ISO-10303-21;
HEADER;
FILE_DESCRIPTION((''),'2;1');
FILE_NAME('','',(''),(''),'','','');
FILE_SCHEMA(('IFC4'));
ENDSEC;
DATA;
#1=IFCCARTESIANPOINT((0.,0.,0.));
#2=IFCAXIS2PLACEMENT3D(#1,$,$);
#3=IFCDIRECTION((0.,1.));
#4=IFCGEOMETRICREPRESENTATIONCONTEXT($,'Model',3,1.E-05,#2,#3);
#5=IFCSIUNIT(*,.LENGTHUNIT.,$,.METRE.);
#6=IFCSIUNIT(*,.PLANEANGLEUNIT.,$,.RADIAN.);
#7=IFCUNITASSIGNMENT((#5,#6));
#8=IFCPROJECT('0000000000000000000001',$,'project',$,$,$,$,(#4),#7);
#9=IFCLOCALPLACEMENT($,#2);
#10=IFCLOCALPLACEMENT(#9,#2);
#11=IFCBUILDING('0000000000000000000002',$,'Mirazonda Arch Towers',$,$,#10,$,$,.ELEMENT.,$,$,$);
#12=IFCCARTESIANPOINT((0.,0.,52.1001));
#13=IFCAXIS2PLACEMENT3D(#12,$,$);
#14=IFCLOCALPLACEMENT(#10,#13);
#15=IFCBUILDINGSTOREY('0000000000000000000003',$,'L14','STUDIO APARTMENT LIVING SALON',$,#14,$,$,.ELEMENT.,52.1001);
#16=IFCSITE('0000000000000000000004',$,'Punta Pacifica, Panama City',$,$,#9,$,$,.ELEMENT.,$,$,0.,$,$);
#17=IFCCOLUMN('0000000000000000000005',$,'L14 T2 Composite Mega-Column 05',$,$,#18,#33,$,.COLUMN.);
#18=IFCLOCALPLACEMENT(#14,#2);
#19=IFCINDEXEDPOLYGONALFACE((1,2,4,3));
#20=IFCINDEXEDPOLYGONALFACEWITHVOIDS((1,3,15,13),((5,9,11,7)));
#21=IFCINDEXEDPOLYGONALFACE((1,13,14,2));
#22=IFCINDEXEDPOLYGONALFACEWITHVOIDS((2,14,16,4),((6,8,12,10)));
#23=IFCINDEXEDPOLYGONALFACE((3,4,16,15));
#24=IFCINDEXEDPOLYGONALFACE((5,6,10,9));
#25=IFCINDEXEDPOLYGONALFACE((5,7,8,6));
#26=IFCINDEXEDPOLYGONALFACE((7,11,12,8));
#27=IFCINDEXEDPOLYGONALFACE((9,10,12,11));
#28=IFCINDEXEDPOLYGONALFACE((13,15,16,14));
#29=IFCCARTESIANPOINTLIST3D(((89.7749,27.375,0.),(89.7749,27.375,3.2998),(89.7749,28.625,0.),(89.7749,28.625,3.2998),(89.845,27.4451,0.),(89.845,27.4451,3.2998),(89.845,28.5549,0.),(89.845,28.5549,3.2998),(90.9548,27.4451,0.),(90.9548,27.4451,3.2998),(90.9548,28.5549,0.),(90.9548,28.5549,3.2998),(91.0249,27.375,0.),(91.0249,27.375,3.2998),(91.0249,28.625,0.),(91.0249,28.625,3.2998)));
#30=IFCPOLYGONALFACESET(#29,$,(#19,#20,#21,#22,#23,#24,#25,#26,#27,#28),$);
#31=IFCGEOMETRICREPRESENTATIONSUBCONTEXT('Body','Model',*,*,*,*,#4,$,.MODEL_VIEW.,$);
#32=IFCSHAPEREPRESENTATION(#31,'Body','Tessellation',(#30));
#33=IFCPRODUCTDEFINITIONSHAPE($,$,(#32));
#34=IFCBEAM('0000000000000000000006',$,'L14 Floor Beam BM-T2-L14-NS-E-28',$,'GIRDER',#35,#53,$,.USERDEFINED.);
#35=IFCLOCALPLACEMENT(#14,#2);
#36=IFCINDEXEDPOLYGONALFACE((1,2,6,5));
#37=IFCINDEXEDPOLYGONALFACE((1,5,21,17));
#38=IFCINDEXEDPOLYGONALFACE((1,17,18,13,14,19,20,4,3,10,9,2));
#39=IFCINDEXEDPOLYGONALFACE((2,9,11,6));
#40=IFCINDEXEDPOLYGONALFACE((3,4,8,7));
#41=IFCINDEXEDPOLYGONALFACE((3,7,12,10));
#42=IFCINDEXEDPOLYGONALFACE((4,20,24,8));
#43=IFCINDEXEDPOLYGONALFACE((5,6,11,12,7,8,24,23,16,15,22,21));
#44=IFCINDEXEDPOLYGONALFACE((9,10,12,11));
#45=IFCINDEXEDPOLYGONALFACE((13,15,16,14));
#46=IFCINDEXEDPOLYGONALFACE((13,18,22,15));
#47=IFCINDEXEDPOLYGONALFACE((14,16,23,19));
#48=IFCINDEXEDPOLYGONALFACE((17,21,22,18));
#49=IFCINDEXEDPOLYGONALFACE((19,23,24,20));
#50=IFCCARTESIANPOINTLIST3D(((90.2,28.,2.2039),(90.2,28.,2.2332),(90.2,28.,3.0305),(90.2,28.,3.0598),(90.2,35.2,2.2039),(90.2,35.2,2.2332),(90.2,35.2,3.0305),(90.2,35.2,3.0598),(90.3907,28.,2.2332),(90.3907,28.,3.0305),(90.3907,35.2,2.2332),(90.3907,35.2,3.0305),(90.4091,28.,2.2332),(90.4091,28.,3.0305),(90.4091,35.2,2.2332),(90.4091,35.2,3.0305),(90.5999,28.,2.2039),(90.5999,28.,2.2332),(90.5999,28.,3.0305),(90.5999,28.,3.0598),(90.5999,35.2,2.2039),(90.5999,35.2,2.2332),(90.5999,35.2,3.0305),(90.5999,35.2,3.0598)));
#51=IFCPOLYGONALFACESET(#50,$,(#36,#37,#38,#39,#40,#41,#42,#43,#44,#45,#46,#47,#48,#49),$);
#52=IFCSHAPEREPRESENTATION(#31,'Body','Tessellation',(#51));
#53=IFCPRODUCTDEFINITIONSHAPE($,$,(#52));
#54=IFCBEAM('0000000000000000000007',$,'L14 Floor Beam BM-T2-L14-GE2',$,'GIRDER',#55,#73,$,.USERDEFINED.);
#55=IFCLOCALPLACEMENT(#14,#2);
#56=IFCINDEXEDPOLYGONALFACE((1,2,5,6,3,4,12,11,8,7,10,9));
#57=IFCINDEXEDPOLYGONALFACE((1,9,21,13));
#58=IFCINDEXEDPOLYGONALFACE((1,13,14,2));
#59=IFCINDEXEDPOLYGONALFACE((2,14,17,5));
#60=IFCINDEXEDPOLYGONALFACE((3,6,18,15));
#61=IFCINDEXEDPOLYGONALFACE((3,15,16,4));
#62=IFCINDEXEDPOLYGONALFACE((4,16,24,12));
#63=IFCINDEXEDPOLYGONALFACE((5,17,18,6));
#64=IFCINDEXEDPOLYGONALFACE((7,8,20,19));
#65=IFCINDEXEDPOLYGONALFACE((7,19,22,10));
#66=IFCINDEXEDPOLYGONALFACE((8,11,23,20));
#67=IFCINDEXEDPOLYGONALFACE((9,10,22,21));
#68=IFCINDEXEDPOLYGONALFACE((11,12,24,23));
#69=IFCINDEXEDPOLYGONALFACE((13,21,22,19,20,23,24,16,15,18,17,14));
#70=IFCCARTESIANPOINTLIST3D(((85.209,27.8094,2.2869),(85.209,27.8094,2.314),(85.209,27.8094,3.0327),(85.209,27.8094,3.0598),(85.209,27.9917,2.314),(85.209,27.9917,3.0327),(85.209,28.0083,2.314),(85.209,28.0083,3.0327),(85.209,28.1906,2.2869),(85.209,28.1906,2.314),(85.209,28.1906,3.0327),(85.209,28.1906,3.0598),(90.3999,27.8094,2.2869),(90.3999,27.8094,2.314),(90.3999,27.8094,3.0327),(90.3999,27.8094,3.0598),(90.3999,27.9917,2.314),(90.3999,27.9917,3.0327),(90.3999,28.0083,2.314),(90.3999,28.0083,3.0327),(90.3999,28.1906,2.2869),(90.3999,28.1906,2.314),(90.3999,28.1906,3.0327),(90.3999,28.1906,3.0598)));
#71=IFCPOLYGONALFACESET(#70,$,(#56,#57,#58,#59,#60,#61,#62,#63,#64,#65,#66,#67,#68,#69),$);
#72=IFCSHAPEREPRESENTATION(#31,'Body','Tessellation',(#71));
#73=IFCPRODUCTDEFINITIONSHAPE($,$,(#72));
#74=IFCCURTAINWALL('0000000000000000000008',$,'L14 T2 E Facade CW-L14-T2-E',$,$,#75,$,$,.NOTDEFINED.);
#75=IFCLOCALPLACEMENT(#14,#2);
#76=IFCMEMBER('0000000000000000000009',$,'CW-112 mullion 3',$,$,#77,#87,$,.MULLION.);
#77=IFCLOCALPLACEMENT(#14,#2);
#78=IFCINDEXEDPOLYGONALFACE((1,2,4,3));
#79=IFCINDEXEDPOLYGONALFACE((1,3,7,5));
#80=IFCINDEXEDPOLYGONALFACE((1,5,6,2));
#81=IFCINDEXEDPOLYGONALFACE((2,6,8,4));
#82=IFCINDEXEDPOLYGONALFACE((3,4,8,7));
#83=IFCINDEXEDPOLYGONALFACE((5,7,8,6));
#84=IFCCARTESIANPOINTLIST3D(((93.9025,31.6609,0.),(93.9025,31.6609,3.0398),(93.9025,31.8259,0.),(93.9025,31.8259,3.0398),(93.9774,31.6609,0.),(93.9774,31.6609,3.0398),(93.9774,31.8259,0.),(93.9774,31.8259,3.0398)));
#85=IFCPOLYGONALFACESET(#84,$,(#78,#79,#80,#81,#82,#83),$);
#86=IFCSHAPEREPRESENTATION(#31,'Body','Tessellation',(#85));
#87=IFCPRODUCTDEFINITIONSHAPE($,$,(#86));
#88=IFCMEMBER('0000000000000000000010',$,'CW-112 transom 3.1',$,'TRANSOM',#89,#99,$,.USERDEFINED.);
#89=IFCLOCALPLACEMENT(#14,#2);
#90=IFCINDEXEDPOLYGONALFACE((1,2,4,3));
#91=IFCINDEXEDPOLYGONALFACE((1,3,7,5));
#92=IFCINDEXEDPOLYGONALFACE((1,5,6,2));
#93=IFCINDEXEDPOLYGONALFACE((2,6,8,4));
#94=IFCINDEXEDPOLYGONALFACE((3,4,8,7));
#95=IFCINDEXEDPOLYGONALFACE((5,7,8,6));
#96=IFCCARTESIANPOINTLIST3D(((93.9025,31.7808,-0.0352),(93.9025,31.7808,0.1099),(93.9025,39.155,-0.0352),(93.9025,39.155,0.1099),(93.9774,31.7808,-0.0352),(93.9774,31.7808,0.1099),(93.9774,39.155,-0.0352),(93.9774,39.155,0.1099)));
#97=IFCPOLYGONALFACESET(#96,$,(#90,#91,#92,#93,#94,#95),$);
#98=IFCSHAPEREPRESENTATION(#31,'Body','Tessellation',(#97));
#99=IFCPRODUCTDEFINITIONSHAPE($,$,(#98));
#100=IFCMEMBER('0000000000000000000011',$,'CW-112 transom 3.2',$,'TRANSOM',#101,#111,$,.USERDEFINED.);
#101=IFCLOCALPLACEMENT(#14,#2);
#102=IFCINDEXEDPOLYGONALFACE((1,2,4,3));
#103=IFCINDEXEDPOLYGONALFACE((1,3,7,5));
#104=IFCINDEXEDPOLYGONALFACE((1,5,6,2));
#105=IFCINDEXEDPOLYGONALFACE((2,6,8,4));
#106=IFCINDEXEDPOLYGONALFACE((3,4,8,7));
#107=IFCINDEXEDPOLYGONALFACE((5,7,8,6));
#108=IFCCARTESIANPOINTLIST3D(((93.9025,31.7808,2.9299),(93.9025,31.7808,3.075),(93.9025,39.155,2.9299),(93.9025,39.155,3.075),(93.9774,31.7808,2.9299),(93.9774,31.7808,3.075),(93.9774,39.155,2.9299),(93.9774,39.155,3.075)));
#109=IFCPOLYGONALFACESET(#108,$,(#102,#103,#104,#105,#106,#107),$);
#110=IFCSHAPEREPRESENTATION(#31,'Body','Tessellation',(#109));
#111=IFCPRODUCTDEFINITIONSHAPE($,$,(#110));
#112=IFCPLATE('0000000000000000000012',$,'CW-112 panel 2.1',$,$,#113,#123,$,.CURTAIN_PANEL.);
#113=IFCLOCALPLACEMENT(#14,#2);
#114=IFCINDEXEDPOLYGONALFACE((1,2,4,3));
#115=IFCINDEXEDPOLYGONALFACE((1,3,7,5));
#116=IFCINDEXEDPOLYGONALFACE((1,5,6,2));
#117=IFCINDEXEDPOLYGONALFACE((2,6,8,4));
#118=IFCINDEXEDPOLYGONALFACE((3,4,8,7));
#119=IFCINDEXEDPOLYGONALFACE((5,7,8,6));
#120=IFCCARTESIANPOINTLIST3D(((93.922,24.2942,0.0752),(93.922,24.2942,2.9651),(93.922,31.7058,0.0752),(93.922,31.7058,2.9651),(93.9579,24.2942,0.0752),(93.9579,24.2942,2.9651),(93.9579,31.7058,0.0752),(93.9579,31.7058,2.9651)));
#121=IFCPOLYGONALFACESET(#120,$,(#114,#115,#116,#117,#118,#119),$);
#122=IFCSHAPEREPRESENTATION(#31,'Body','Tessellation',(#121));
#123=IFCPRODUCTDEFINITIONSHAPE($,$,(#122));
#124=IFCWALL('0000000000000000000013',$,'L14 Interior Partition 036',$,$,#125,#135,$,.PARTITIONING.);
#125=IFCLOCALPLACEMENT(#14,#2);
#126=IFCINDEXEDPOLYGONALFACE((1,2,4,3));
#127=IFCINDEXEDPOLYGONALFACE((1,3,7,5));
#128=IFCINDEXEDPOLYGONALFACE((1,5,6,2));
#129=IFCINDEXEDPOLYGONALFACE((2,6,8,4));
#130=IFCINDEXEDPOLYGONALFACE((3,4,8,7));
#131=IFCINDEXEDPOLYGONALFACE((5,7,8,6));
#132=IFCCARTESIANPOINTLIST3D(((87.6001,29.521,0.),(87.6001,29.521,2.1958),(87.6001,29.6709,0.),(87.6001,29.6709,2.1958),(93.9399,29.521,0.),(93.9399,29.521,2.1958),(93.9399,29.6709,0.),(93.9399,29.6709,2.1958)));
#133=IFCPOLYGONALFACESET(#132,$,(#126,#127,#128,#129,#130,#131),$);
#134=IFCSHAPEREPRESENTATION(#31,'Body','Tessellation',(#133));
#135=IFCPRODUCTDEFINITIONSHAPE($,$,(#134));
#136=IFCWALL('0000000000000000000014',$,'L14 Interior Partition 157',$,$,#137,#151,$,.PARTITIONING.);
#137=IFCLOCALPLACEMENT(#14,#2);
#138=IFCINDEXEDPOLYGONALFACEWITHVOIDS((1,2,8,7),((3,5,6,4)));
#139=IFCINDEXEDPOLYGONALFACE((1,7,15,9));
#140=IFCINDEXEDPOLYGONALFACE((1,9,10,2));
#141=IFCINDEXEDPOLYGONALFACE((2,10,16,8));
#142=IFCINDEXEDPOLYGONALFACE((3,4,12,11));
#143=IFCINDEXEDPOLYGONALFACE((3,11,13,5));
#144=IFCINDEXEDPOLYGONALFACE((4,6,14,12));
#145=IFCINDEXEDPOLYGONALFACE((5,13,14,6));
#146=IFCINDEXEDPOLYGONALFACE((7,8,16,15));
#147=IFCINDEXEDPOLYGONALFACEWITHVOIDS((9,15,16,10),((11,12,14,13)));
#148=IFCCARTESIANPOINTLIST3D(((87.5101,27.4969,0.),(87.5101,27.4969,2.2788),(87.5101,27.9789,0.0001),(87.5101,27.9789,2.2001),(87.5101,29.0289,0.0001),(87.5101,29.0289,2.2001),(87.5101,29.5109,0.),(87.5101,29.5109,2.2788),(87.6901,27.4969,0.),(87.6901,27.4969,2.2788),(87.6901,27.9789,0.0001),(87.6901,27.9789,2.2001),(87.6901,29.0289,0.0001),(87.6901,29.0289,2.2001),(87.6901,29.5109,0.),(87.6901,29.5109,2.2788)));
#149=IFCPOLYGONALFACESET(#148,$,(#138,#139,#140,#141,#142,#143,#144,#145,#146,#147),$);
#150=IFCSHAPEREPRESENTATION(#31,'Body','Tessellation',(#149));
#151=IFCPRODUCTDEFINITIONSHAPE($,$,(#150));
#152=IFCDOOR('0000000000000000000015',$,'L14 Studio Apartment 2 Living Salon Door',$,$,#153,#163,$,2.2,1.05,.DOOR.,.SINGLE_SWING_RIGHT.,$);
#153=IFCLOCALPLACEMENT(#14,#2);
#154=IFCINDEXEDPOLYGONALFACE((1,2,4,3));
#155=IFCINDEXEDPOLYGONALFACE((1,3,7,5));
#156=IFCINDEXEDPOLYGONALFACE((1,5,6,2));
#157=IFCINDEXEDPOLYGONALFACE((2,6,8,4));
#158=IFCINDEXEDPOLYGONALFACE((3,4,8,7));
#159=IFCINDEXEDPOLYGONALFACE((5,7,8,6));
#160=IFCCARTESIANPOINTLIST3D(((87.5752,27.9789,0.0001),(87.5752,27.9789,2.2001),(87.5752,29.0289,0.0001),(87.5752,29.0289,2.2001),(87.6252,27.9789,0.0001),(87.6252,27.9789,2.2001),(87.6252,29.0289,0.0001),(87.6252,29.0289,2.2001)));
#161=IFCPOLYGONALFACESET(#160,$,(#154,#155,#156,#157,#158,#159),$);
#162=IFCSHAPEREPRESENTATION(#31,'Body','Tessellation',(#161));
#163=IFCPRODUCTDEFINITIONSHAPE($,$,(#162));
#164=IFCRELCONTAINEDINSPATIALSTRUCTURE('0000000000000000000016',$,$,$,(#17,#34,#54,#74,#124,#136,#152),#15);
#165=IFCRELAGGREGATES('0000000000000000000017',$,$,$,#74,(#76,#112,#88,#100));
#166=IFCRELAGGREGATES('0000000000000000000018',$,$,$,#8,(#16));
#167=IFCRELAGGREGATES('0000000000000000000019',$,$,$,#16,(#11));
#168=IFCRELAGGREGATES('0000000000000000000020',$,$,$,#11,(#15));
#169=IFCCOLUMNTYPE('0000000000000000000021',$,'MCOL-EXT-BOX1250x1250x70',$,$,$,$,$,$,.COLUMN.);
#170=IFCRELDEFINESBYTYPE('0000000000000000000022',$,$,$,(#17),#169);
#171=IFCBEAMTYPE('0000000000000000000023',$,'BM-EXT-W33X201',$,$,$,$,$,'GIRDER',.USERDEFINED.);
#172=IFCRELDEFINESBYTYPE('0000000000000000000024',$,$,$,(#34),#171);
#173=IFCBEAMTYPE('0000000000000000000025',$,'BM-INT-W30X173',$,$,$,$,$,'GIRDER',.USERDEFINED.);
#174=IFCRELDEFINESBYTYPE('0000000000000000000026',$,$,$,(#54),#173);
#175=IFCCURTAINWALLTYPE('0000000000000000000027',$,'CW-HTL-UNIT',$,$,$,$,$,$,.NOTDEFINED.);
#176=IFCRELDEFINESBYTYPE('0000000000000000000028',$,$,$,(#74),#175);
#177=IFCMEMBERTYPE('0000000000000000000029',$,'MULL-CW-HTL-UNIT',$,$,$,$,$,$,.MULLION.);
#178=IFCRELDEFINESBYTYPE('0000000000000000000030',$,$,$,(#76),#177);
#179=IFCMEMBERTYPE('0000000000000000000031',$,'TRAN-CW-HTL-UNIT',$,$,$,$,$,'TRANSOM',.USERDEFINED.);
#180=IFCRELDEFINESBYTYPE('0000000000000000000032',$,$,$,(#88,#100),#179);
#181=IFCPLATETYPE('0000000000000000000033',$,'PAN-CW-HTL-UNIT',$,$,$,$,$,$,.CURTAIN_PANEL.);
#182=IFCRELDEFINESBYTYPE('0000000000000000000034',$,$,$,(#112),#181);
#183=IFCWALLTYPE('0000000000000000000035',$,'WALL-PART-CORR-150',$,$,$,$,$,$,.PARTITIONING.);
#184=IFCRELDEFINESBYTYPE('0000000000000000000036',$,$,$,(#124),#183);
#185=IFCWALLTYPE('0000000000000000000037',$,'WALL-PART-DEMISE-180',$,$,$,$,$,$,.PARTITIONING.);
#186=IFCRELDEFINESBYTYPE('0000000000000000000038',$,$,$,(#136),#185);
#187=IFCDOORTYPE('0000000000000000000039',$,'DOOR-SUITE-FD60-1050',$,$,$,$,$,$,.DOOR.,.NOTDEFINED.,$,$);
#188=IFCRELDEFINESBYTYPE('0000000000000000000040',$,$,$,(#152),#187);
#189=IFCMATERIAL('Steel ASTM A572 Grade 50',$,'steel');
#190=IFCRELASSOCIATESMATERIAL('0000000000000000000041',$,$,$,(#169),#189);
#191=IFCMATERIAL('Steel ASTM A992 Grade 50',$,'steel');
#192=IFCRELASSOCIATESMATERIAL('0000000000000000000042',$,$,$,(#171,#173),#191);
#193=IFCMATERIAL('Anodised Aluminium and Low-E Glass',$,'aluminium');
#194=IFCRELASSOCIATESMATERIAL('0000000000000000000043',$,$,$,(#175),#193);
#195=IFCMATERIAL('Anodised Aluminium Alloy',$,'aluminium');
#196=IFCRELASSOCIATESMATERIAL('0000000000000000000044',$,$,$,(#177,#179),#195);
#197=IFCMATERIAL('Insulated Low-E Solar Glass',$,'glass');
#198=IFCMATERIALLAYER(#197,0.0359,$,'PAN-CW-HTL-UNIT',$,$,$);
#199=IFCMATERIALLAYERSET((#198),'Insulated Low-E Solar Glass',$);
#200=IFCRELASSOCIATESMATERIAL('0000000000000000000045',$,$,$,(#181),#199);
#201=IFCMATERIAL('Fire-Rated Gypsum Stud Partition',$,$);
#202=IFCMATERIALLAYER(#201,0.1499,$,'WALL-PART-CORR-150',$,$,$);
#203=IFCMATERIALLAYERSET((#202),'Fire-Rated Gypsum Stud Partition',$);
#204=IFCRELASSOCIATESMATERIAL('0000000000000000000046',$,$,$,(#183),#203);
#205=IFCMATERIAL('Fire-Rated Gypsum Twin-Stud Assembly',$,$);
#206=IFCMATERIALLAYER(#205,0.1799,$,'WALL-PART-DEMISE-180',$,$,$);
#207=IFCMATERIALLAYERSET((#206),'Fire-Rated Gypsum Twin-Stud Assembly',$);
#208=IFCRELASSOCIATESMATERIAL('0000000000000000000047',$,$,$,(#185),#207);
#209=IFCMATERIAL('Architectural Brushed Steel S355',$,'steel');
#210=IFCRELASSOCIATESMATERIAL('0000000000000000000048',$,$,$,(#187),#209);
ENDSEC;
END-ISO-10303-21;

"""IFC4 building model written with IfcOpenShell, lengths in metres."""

from ifc_helpers import new_model, si_unit, direction, frame, frame_2d, origin, origin_2d, place, context, subcontext, project, spatial, rectangle, hollow_rectangle, i_section, extrude, material, layer, layer_set, material_profile, profile_set, type_object, element, fill, aggregate, save


model = new_model("IFC4")

# Units and contexts
model_context = context("Model", 3, precision=1e-05, world=origin(), true_north=direction((0.0, 1.0)))
body_context = subcontext(model_context, "Body", "Model", "MODEL_VIEW")
ifc_project = project(units=[si_unit("LENGTHUNIT", "METRE"), si_unit("PLANEANGLEUNIT", "RADIAN")], contexts=[model_context])

# Site, building, storey
site_placement = place(None, origin())
site = spatial("IfcSite", under=ifc_project, at=site_placement, Name="Punta Pacifica, Panama City", CompositionType="ELEMENT", RefElevation=0.0)
building_placement = place(site_placement, origin())
building = spatial("IfcBuilding", under=site, at=building_placement, Name="Mirazonda Arch Towers", CompositionType="ELEMENT")
storey_placement = place(building_placement, frame((0.0, 0.0, 52.1001)))
storey = spatial("IfcBuildingStorey", under=building, at=storey_placement, Name="L14", Description="STUDIO APARTMENT LIVING SALON", CompositionType="ELEMENT", Elevation=52.1001)

# Column
ifc_material_1 = material(Name="Steel ASTM A572 Grade 50", Category="steel")
ifc_material_profile_1 = material_profile(ifc_material_1, hollow_rectangle(XDim=1.25, YDim=1.25, WallThickness=0.0701, at=origin_2d()), Name="BOX1250x1250x70")
ifc_profile_set_1 = profile_set([ifc_material_profile_1], Name="Steel ASTM A572 Grade 50")
column_type = type_object("IfcColumnType", Name="MCOL-EXT-BOX1250x1250x70", PredefinedType="COLUMN", material=ifc_profile_set_1)
column_placement = place(storey_placement, frame((90.3999, 28.0, 0.0), z_axis=(0.0, 0.0, 1.0), x_axis=(1.0, 0.0, 0.0)))
element("IfcColumn", 1, at=column_placement, inside=storey, type_object=column_type, Name="L14 T2 Composite Mega-Column 05", PredefinedType="COLUMN", context=body_context, shape_type="SweptSolid", body=[
    extrude(hollow_rectangle(XDim=1.25, YDim=1.25, WallThickness=0.0701, at=origin_2d()), origin(), (0.0, 0.0, 1.0), 3.2998),
])

# Beams
ifc_material_2 = material(Name="Steel ASTM A992 Grade 50", Category="steel")
ifc_material_profile_2 = material_profile(ifc_material_2, i_section(OverallWidth=0.3999, OverallDepth=0.856, WebThickness=0.0183, FlangeThickness=0.0293, at=origin_2d()), Name="W33X201")
ifc_profile_set_2 = profile_set([ifc_material_profile_2], Name="Steel ASTM A992 Grade 50")
beam_type_1 = type_object("IfcBeamType", Name="BM-EXT-W33X201", ElementType="GIRDER", PredefinedType="USERDEFINED", material=ifc_profile_set_2)
beam_1_placement = place(storey_placement, frame((90.3999, 28.0, 2.6318), z_axis=(0.0, 1.0, 0.0), x_axis=(-1.0, 0.0, 0.0)))
element("IfcBeam", 2, at=beam_1_placement, inside=storey, type_object=beam_type_1, Name="L14 Floor Beam BM-T2-L14-NS-E-28", ObjectType="GIRDER", PredefinedType="USERDEFINED", context=body_context, shape_type="SweptSolid", body=[
    extrude(i_section(OverallWidth=0.3999, OverallDepth=0.856, WebThickness=0.0183, FlangeThickness=0.0293, at=origin_2d()), origin(), (0.0, 0.0, 1.0), 7.2),
])
ifc_material_profile_3 = material_profile(ifc_material_2, i_section(OverallWidth=0.3811, OverallDepth=0.7729, WebThickness=0.0166, FlangeThickness=0.0271, at=origin_2d()), Name="W30X173")
ifc_profile_set_3 = profile_set([ifc_material_profile_3], Name="Steel ASTM A992 Grade 50")
beam_type_2 = type_object("IfcBeamType", Name="BM-INT-W30X173", ElementType="GIRDER", PredefinedType="USERDEFINED", material=ifc_profile_set_3)
beam_2_placement = place(storey_placement, frame((85.209, 28.0, 2.6733), z_axis=(1.0, 0.0, 0.0), x_axis=(0.0, 1.0, 0.0)))
element("IfcBeam", 3, at=beam_2_placement, inside=storey, type_object=beam_type_2, Name="L14 Floor Beam BM-T2-L14-GE2", ObjectType="GIRDER", PredefinedType="USERDEFINED", context=body_context, shape_type="SweptSolid", body=[
    extrude(i_section(OverallWidth=0.3811, OverallDepth=0.7729, WebThickness=0.0166, FlangeThickness=0.0271, at=origin_2d()), origin(), (0.0, 0.0, 1.0), 5.1909),
])

# Curtain wall, members, plate
ifc_material_3 = material(Name="Anodised Aluminium and Low-E Glass", Category="aluminium")
curtain_wall_type = type_object("IfcCurtainWallType", Name="CW-HTL-UNIT", PredefinedType="NOTDEFINED", material=ifc_material_3)
curtain_wall_placement = place(storey_placement, origin())
curtain_wall = element("IfcCurtainWall", 4, at=curtain_wall_placement, inside=storey, type_object=curtain_wall_type, Name="L14 T2 E Facade CW-L14-T2-E", PredefinedType="NOTDEFINED")
ifc_material_4 = material(Name="Anodised Aluminium Alloy", Category="aluminium")
ifc_material_profile_4 = material_profile(ifc_material_4, rectangle(XDim=0.075, YDim=0.165, at=origin_2d()), Name="ALU-MULL-75x165")
ifc_profile_set_4 = profile_set([ifc_material_profile_4], Name="Anodised Aluminium Alloy")
member_type_1 = type_object("IfcMemberType", Name="MULL-CW-HTL-UNIT", PredefinedType="MULLION", material=ifc_profile_set_4)
member_1_placement = place(storey_placement, frame((93.9399, 31.7434, 0.0), z_axis=(0.0, 0.0, 1.0), x_axis=(-1.0, 0.0, 0.0)))
member_1 = element("IfcMember", 5, at=member_1_placement, type_object=member_type_1, Name="CW-112 mullion 3", PredefinedType="MULLION", context=body_context, shape_type="SweptSolid", body=[
    extrude(rectangle(XDim=0.075, YDim=0.165, at=origin_2d()), origin(), (0.0, 0.0, 1.0), 3.0398),
])
ifc_material_profile_5 = material_profile(ifc_material_4, rectangle(XDim=0.075, YDim=0.145, at=origin_2d()), Name="ALU-TRAN-75x145")
ifc_profile_set_5 = profile_set([ifc_material_profile_5], Name="Anodised Aluminium Alloy")
member_type_2 = type_object("IfcMemberType", Name="TRAN-CW-HTL-UNIT", ElementType="TRANSOM", PredefinedType="USERDEFINED", material=ifc_profile_set_5)
member_2_placement = place(storey_placement, frame((93.9399, 31.7808, 0.0374), z_axis=(0.0, 1.0, 0.0), x_axis=(-1.0, 0.0, 0.0)))
member_2 = element("IfcMember", 6, at=member_2_placement, type_object=member_type_2, Name="CW-112 transom 3.1", ObjectType="TRANSOM", PredefinedType="USERDEFINED", context=body_context, shape_type="SweptSolid", body=[
    extrude(rectangle(XDim=0.075, YDim=0.145, at=origin_2d()), origin(), (0.0, 0.0, 1.0), 7.3743),
])
member_3_placement = place(storey_placement, frame((93.9399, 31.7808, 3.0024), z_axis=(0.0, 1.0, 0.0), x_axis=(-1.0, 0.0, 0.0)))
member_3 = element("IfcMember", 7, at=member_3_placement, type_object=member_type_2, Name="CW-112 transom 3.2", ObjectType="TRANSOM", PredefinedType="USERDEFINED", context=body_context, shape_type="SweptSolid", body=[
    extrude(rectangle(XDim=0.075, YDim=0.145, at=origin_2d()), origin(), (0.0, 0.0, 1.0), 7.3743),
])
ifc_material_5 = material(Name="Insulated Low-E Solar Glass", Category="glass")
ifc_layer_1 = layer(ifc_material_5, 0.0359, Name="PAN-CW-HTL-UNIT")
ifc_layer_set_1 = layer_set([ifc_layer_1], Name="Insulated Low-E Solar Glass")
plate_type = type_object("IfcPlateType", Name="PAN-CW-HTL-UNIT", PredefinedType="CURTAIN_PANEL", material=ifc_layer_set_1)
plate_placement = place(storey_placement, frame((93.9399, 28.0, 0.0752), z_axis=(0.0, 0.0, 1.0), x_axis=(0.0, 1.0, 0.0)))
plate = element("IfcPlate", 8, at=plate_placement, type_object=plate_type, Name="CW-112 panel 2.1", PredefinedType="CURTAIN_PANEL", context=body_context, shape_type="SweptSolid", body=[
    extrude(rectangle(XDim=7.4116, YDim=0.0359, at=origin_2d()), origin(), (0.0, 0.0, 1.0), 2.8899),
])
aggregate(curtain_wall, [member_1, plate, member_2, member_3])

# Shared definitions
ifc_material_6 = material(Name="Fire-Rated Gypsum Stud Partition")
ifc_layer_2 = layer(ifc_material_6, 0.1499, Name="WALL-PART-CORR-150")
ifc_layer_set_2 = layer_set([ifc_layer_2], Name="Fire-Rated Gypsum Stud Partition")
wall_type_1 = type_object("IfcWallType", Name="WALL-PART-CORR-150", PredefinedType="PARTITIONING", material=ifc_layer_set_2)
ifc_material_7 = material(Name="Architectural Brushed Steel S355", Category="steel")

# Wall
wall_1_placement = place(storey_placement, frame((87.6001, 29.5959, 0.0), z_axis=(0.0, 0.0, 1.0), x_axis=(1.0, 0.0, 0.0)))
element("IfcWall", 9, at=wall_1_placement, inside=storey, type_object=wall_type_1, Name="L14 Interior Partition 036", PredefinedType="PARTITIONING", context=body_context, shape_type="SweptSolid", body=[
    extrude(rectangle(XDim=6.3398, YDim=0.1499, at=frame_2d((3.1699, 0.0))), origin(), (0.0, 0.0, 1.0), 2.1958),
])

# Wall, opening, door
ifc_material_8 = material(Name="Fire-Rated Gypsum Twin-Stud Assembly")
ifc_layer_3 = layer(ifc_material_8, 0.1799, Name="WALL-PART-DEMISE-180")
ifc_layer_set_3 = layer_set([ifc_layer_3], Name="Fire-Rated Gypsum Twin-Stud Assembly")
wall_type_2 = type_object("IfcWallType", Name="WALL-PART-DEMISE-180", PredefinedType="PARTITIONING", material=ifc_layer_set_3)
wall_2_placement = place(storey_placement, frame((87.6001, 27.4971, 0.0), z_axis=(0.0, 0.0, 1.0), x_axis=(0.0, 1.0, 0.0)))
wall_2 = element("IfcWall", 10, at=wall_2_placement, inside=storey, type_object=wall_type_2, Name="L14 Interior Partition 157", PredefinedType="PARTITIONING", context=body_context, shape_type="SweptSolid", body=[
    extrude(rectangle(XDim=2.0139, YDim=0.1799, at=frame_2d((1.0068, 0.0))), origin(), (0.0, 0.0, 1.0), 2.2788),
])
opening_1_placement = place(wall_2_placement, frame((0.4819, 0.0, 0.0)))
opening_1 = element("IfcOpeningElement", 11, at=opening_1_placement, cuts=wall_2, PredefinedType="OPENING", context=body_context, shape_type="SweptSolid", body=[
    extrude(rectangle(XDim=1.05, YDim=2.2, at=frame_2d((0.5249, 1.1001))), frame((0.0, 0.0999, 0.0), z_axis=(0.0, -1.0, 0.0), x_axis=(1.0, 0.0, 0.0)), (0.0, 0.0, 1.0), 0.2),
])
door_type_1 = type_object("IfcDoorType", Name="DOOR-SUITE-FD60-1050", OperationType="NOTDEFINED", PredefinedType="DOOR", material=ifc_material_7)
door_1_placement = place(opening_1_placement, origin())
door_1 = element("IfcDoor", 12, at=door_1_placement, inside=storey, type_object=door_type_1, Name="L14 Studio Apartment 2 Living Salon Door", OperationType="SINGLE_SWING_RIGHT", OverallHeight=2.2, OverallWidth=1.05, PredefinedType="DOOR", context=body_context, shape_type="SweptSolid", body=[
    extrude(rectangle(XDim=1.05, YDim=2.2, at=frame_2d((0.5249, 1.1001))), frame((0.0, 0.0249, 0.0), z_axis=(0.0, -1.0, 0.0), x_axis=(1.0, 0.0, 0.0)), (0.0, 0.0, 1.0), 0.05),
])
fill(opening_1, door_1)

save(model, "model.ifc")
